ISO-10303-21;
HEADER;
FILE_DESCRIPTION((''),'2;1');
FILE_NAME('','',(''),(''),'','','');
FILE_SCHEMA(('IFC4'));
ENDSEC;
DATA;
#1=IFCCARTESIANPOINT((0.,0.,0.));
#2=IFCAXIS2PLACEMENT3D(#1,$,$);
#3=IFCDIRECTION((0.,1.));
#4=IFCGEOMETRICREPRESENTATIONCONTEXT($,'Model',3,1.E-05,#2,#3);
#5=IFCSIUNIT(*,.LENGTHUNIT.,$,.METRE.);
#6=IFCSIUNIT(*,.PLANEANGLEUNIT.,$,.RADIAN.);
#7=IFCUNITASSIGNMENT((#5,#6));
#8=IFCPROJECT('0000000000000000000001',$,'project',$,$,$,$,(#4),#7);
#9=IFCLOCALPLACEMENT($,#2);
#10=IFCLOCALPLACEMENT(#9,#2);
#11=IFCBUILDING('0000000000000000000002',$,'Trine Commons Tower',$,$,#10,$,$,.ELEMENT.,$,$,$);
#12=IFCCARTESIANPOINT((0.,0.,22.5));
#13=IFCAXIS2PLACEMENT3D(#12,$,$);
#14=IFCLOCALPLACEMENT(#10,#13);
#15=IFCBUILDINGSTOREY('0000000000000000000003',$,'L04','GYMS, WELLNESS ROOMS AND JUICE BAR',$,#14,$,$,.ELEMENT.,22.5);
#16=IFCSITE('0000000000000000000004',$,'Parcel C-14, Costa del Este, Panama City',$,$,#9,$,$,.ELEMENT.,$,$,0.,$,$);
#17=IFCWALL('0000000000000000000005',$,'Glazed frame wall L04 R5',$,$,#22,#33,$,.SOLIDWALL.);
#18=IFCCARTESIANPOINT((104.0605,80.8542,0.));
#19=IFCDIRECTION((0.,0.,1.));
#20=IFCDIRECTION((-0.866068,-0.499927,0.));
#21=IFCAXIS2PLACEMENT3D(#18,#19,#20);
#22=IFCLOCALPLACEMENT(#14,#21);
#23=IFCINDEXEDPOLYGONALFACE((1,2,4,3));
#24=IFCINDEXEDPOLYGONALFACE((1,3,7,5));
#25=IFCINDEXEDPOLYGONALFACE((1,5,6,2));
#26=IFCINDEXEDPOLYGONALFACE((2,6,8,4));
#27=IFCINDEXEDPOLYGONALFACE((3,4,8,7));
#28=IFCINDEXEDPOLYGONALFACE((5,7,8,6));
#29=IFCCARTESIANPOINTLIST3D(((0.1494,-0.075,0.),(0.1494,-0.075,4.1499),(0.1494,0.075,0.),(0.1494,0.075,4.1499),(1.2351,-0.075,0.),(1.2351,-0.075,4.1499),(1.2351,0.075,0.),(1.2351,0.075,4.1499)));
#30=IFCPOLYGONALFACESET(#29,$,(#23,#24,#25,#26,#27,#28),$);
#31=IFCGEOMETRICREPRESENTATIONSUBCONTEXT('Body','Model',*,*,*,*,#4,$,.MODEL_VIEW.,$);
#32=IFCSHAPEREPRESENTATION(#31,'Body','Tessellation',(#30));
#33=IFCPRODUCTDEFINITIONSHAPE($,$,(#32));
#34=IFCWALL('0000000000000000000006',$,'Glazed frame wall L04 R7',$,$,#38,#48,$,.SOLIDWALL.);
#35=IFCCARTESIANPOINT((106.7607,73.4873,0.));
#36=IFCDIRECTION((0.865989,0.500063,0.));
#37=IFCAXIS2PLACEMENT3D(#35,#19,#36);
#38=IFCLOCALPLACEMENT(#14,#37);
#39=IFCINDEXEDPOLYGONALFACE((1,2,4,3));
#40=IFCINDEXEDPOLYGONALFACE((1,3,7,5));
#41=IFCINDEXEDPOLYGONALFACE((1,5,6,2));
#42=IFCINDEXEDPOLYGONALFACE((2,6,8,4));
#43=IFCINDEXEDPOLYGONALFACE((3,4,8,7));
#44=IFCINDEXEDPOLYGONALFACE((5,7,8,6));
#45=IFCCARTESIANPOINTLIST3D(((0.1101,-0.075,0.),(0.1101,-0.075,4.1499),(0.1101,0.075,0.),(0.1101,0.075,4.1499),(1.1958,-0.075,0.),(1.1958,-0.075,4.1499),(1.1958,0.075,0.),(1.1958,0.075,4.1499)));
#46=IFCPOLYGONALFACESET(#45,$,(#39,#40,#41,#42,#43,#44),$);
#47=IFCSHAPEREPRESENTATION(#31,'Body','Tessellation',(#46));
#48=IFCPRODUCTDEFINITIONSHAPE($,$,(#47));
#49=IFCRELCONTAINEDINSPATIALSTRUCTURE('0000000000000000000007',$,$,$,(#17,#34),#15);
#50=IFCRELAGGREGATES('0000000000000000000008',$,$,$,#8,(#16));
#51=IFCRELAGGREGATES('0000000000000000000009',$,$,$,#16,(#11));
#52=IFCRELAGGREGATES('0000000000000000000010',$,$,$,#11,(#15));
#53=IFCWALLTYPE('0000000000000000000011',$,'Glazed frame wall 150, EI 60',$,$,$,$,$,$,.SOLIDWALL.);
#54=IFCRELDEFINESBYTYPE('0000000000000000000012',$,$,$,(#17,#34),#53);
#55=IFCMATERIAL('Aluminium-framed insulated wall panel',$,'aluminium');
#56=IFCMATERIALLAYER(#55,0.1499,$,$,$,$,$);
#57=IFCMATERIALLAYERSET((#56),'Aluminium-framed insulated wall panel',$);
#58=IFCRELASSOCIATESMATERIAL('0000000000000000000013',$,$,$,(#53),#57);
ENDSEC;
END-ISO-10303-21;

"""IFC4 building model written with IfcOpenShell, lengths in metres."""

from ifc_helpers import new_model, si_unit, direction, frame, origin, place, context, subcontext, project, spatial, polyline, outline, extrude, material, layer, layer_set, type_object, element, save


model = new_model("IFC4")

# Units and contexts
model_context = context("Model", 3, precision=1e-05, world=origin(), true_north=direction((0.0, 1.0)))
body_context = subcontext(model_context, "Body", "Model", "MODEL_VIEW")
ifc_project = project(units=[si_unit("LENGTHUNIT", "METRE"), si_unit("PLANEANGLEUNIT", "RADIAN")], contexts=[model_context])

# Site, building, storey
site_placement = place(None, origin())
site = spatial("IfcSite", under=ifc_project, at=site_placement, Name="Parcel C-14, Costa del Este, Panama City", CompositionType="ELEMENT", RefElevation=0.0)
building_placement = place(site_placement, origin())
building = spatial("IfcBuilding", under=site, at=building_placement, Name="Trine Commons Tower", CompositionType="ELEMENT")
storey_placement = place(building_placement, frame((0.0, 0.0, 22.5)))
storey = spatial("IfcBuildingStorey", under=building, at=storey_placement, Name="L04", Description="GYMS, WELLNESS ROOMS AND JUICE BAR", CompositionType="ELEMENT", Elevation=22.5)

# Walls
ifc_material_1 = material(Name="Aluminium-framed insulated wall panel", Category="aluminium")
ifc_layer_1 = layer(ifc_material_1, 0.1499)
ifc_layer_set_1 = layer_set([ifc_layer_1], Name="Aluminium-framed insulated wall panel")
wall_type = type_object("IfcWallType", Name="Glazed frame wall 150, EI 60", PredefinedType="SOLIDWALL", material=ifc_layer_set_1)
wall_1_placement = place(storey_placement, frame((104.0605, 80.8542, 0.0), z_axis=(0.0, 0.0, 1.0), x_axis=(-0.866068, -0.499927, 0.0)))
element("IfcWall", 1, at=wall_1_placement, inside=storey, type_object=wall_type, Name="Glazed frame wall L04 R5", PredefinedType="SOLIDWALL", context=body_context, shape_type="SweptSolid", body=[
    extrude(outline(polyline([(0.1494, 0.075), (0.1494, -0.075), (1.2351, -0.075), (1.2351, 0.075), (0.1494, 0.075)])), origin(), (0.0, 0.0, 1.0), 4.1499),
])
wall_2_placement = place(storey_placement, frame((106.7607, 73.4873, 0.0), z_axis=(0.0, 0.0, 1.0), x_axis=(0.865989, 0.500063, 0.0)))
element("IfcWall", 2, at=wall_2_placement, inside=storey, type_object=wall_type, Name="Glazed frame wall L04 R7", PredefinedType="SOLIDWALL", context=body_context, shape_type="SweptSolid", body=[
    extrude(outline(polyline([(0.1101, 0.075), (0.1101, -0.075), (1.1958, -0.075), (1.1958, 0.075), (0.1101, 0.075)])), origin(), (0.0, 0.0, 1.0), 4.1499),
])

save(model, "model.ifc")
